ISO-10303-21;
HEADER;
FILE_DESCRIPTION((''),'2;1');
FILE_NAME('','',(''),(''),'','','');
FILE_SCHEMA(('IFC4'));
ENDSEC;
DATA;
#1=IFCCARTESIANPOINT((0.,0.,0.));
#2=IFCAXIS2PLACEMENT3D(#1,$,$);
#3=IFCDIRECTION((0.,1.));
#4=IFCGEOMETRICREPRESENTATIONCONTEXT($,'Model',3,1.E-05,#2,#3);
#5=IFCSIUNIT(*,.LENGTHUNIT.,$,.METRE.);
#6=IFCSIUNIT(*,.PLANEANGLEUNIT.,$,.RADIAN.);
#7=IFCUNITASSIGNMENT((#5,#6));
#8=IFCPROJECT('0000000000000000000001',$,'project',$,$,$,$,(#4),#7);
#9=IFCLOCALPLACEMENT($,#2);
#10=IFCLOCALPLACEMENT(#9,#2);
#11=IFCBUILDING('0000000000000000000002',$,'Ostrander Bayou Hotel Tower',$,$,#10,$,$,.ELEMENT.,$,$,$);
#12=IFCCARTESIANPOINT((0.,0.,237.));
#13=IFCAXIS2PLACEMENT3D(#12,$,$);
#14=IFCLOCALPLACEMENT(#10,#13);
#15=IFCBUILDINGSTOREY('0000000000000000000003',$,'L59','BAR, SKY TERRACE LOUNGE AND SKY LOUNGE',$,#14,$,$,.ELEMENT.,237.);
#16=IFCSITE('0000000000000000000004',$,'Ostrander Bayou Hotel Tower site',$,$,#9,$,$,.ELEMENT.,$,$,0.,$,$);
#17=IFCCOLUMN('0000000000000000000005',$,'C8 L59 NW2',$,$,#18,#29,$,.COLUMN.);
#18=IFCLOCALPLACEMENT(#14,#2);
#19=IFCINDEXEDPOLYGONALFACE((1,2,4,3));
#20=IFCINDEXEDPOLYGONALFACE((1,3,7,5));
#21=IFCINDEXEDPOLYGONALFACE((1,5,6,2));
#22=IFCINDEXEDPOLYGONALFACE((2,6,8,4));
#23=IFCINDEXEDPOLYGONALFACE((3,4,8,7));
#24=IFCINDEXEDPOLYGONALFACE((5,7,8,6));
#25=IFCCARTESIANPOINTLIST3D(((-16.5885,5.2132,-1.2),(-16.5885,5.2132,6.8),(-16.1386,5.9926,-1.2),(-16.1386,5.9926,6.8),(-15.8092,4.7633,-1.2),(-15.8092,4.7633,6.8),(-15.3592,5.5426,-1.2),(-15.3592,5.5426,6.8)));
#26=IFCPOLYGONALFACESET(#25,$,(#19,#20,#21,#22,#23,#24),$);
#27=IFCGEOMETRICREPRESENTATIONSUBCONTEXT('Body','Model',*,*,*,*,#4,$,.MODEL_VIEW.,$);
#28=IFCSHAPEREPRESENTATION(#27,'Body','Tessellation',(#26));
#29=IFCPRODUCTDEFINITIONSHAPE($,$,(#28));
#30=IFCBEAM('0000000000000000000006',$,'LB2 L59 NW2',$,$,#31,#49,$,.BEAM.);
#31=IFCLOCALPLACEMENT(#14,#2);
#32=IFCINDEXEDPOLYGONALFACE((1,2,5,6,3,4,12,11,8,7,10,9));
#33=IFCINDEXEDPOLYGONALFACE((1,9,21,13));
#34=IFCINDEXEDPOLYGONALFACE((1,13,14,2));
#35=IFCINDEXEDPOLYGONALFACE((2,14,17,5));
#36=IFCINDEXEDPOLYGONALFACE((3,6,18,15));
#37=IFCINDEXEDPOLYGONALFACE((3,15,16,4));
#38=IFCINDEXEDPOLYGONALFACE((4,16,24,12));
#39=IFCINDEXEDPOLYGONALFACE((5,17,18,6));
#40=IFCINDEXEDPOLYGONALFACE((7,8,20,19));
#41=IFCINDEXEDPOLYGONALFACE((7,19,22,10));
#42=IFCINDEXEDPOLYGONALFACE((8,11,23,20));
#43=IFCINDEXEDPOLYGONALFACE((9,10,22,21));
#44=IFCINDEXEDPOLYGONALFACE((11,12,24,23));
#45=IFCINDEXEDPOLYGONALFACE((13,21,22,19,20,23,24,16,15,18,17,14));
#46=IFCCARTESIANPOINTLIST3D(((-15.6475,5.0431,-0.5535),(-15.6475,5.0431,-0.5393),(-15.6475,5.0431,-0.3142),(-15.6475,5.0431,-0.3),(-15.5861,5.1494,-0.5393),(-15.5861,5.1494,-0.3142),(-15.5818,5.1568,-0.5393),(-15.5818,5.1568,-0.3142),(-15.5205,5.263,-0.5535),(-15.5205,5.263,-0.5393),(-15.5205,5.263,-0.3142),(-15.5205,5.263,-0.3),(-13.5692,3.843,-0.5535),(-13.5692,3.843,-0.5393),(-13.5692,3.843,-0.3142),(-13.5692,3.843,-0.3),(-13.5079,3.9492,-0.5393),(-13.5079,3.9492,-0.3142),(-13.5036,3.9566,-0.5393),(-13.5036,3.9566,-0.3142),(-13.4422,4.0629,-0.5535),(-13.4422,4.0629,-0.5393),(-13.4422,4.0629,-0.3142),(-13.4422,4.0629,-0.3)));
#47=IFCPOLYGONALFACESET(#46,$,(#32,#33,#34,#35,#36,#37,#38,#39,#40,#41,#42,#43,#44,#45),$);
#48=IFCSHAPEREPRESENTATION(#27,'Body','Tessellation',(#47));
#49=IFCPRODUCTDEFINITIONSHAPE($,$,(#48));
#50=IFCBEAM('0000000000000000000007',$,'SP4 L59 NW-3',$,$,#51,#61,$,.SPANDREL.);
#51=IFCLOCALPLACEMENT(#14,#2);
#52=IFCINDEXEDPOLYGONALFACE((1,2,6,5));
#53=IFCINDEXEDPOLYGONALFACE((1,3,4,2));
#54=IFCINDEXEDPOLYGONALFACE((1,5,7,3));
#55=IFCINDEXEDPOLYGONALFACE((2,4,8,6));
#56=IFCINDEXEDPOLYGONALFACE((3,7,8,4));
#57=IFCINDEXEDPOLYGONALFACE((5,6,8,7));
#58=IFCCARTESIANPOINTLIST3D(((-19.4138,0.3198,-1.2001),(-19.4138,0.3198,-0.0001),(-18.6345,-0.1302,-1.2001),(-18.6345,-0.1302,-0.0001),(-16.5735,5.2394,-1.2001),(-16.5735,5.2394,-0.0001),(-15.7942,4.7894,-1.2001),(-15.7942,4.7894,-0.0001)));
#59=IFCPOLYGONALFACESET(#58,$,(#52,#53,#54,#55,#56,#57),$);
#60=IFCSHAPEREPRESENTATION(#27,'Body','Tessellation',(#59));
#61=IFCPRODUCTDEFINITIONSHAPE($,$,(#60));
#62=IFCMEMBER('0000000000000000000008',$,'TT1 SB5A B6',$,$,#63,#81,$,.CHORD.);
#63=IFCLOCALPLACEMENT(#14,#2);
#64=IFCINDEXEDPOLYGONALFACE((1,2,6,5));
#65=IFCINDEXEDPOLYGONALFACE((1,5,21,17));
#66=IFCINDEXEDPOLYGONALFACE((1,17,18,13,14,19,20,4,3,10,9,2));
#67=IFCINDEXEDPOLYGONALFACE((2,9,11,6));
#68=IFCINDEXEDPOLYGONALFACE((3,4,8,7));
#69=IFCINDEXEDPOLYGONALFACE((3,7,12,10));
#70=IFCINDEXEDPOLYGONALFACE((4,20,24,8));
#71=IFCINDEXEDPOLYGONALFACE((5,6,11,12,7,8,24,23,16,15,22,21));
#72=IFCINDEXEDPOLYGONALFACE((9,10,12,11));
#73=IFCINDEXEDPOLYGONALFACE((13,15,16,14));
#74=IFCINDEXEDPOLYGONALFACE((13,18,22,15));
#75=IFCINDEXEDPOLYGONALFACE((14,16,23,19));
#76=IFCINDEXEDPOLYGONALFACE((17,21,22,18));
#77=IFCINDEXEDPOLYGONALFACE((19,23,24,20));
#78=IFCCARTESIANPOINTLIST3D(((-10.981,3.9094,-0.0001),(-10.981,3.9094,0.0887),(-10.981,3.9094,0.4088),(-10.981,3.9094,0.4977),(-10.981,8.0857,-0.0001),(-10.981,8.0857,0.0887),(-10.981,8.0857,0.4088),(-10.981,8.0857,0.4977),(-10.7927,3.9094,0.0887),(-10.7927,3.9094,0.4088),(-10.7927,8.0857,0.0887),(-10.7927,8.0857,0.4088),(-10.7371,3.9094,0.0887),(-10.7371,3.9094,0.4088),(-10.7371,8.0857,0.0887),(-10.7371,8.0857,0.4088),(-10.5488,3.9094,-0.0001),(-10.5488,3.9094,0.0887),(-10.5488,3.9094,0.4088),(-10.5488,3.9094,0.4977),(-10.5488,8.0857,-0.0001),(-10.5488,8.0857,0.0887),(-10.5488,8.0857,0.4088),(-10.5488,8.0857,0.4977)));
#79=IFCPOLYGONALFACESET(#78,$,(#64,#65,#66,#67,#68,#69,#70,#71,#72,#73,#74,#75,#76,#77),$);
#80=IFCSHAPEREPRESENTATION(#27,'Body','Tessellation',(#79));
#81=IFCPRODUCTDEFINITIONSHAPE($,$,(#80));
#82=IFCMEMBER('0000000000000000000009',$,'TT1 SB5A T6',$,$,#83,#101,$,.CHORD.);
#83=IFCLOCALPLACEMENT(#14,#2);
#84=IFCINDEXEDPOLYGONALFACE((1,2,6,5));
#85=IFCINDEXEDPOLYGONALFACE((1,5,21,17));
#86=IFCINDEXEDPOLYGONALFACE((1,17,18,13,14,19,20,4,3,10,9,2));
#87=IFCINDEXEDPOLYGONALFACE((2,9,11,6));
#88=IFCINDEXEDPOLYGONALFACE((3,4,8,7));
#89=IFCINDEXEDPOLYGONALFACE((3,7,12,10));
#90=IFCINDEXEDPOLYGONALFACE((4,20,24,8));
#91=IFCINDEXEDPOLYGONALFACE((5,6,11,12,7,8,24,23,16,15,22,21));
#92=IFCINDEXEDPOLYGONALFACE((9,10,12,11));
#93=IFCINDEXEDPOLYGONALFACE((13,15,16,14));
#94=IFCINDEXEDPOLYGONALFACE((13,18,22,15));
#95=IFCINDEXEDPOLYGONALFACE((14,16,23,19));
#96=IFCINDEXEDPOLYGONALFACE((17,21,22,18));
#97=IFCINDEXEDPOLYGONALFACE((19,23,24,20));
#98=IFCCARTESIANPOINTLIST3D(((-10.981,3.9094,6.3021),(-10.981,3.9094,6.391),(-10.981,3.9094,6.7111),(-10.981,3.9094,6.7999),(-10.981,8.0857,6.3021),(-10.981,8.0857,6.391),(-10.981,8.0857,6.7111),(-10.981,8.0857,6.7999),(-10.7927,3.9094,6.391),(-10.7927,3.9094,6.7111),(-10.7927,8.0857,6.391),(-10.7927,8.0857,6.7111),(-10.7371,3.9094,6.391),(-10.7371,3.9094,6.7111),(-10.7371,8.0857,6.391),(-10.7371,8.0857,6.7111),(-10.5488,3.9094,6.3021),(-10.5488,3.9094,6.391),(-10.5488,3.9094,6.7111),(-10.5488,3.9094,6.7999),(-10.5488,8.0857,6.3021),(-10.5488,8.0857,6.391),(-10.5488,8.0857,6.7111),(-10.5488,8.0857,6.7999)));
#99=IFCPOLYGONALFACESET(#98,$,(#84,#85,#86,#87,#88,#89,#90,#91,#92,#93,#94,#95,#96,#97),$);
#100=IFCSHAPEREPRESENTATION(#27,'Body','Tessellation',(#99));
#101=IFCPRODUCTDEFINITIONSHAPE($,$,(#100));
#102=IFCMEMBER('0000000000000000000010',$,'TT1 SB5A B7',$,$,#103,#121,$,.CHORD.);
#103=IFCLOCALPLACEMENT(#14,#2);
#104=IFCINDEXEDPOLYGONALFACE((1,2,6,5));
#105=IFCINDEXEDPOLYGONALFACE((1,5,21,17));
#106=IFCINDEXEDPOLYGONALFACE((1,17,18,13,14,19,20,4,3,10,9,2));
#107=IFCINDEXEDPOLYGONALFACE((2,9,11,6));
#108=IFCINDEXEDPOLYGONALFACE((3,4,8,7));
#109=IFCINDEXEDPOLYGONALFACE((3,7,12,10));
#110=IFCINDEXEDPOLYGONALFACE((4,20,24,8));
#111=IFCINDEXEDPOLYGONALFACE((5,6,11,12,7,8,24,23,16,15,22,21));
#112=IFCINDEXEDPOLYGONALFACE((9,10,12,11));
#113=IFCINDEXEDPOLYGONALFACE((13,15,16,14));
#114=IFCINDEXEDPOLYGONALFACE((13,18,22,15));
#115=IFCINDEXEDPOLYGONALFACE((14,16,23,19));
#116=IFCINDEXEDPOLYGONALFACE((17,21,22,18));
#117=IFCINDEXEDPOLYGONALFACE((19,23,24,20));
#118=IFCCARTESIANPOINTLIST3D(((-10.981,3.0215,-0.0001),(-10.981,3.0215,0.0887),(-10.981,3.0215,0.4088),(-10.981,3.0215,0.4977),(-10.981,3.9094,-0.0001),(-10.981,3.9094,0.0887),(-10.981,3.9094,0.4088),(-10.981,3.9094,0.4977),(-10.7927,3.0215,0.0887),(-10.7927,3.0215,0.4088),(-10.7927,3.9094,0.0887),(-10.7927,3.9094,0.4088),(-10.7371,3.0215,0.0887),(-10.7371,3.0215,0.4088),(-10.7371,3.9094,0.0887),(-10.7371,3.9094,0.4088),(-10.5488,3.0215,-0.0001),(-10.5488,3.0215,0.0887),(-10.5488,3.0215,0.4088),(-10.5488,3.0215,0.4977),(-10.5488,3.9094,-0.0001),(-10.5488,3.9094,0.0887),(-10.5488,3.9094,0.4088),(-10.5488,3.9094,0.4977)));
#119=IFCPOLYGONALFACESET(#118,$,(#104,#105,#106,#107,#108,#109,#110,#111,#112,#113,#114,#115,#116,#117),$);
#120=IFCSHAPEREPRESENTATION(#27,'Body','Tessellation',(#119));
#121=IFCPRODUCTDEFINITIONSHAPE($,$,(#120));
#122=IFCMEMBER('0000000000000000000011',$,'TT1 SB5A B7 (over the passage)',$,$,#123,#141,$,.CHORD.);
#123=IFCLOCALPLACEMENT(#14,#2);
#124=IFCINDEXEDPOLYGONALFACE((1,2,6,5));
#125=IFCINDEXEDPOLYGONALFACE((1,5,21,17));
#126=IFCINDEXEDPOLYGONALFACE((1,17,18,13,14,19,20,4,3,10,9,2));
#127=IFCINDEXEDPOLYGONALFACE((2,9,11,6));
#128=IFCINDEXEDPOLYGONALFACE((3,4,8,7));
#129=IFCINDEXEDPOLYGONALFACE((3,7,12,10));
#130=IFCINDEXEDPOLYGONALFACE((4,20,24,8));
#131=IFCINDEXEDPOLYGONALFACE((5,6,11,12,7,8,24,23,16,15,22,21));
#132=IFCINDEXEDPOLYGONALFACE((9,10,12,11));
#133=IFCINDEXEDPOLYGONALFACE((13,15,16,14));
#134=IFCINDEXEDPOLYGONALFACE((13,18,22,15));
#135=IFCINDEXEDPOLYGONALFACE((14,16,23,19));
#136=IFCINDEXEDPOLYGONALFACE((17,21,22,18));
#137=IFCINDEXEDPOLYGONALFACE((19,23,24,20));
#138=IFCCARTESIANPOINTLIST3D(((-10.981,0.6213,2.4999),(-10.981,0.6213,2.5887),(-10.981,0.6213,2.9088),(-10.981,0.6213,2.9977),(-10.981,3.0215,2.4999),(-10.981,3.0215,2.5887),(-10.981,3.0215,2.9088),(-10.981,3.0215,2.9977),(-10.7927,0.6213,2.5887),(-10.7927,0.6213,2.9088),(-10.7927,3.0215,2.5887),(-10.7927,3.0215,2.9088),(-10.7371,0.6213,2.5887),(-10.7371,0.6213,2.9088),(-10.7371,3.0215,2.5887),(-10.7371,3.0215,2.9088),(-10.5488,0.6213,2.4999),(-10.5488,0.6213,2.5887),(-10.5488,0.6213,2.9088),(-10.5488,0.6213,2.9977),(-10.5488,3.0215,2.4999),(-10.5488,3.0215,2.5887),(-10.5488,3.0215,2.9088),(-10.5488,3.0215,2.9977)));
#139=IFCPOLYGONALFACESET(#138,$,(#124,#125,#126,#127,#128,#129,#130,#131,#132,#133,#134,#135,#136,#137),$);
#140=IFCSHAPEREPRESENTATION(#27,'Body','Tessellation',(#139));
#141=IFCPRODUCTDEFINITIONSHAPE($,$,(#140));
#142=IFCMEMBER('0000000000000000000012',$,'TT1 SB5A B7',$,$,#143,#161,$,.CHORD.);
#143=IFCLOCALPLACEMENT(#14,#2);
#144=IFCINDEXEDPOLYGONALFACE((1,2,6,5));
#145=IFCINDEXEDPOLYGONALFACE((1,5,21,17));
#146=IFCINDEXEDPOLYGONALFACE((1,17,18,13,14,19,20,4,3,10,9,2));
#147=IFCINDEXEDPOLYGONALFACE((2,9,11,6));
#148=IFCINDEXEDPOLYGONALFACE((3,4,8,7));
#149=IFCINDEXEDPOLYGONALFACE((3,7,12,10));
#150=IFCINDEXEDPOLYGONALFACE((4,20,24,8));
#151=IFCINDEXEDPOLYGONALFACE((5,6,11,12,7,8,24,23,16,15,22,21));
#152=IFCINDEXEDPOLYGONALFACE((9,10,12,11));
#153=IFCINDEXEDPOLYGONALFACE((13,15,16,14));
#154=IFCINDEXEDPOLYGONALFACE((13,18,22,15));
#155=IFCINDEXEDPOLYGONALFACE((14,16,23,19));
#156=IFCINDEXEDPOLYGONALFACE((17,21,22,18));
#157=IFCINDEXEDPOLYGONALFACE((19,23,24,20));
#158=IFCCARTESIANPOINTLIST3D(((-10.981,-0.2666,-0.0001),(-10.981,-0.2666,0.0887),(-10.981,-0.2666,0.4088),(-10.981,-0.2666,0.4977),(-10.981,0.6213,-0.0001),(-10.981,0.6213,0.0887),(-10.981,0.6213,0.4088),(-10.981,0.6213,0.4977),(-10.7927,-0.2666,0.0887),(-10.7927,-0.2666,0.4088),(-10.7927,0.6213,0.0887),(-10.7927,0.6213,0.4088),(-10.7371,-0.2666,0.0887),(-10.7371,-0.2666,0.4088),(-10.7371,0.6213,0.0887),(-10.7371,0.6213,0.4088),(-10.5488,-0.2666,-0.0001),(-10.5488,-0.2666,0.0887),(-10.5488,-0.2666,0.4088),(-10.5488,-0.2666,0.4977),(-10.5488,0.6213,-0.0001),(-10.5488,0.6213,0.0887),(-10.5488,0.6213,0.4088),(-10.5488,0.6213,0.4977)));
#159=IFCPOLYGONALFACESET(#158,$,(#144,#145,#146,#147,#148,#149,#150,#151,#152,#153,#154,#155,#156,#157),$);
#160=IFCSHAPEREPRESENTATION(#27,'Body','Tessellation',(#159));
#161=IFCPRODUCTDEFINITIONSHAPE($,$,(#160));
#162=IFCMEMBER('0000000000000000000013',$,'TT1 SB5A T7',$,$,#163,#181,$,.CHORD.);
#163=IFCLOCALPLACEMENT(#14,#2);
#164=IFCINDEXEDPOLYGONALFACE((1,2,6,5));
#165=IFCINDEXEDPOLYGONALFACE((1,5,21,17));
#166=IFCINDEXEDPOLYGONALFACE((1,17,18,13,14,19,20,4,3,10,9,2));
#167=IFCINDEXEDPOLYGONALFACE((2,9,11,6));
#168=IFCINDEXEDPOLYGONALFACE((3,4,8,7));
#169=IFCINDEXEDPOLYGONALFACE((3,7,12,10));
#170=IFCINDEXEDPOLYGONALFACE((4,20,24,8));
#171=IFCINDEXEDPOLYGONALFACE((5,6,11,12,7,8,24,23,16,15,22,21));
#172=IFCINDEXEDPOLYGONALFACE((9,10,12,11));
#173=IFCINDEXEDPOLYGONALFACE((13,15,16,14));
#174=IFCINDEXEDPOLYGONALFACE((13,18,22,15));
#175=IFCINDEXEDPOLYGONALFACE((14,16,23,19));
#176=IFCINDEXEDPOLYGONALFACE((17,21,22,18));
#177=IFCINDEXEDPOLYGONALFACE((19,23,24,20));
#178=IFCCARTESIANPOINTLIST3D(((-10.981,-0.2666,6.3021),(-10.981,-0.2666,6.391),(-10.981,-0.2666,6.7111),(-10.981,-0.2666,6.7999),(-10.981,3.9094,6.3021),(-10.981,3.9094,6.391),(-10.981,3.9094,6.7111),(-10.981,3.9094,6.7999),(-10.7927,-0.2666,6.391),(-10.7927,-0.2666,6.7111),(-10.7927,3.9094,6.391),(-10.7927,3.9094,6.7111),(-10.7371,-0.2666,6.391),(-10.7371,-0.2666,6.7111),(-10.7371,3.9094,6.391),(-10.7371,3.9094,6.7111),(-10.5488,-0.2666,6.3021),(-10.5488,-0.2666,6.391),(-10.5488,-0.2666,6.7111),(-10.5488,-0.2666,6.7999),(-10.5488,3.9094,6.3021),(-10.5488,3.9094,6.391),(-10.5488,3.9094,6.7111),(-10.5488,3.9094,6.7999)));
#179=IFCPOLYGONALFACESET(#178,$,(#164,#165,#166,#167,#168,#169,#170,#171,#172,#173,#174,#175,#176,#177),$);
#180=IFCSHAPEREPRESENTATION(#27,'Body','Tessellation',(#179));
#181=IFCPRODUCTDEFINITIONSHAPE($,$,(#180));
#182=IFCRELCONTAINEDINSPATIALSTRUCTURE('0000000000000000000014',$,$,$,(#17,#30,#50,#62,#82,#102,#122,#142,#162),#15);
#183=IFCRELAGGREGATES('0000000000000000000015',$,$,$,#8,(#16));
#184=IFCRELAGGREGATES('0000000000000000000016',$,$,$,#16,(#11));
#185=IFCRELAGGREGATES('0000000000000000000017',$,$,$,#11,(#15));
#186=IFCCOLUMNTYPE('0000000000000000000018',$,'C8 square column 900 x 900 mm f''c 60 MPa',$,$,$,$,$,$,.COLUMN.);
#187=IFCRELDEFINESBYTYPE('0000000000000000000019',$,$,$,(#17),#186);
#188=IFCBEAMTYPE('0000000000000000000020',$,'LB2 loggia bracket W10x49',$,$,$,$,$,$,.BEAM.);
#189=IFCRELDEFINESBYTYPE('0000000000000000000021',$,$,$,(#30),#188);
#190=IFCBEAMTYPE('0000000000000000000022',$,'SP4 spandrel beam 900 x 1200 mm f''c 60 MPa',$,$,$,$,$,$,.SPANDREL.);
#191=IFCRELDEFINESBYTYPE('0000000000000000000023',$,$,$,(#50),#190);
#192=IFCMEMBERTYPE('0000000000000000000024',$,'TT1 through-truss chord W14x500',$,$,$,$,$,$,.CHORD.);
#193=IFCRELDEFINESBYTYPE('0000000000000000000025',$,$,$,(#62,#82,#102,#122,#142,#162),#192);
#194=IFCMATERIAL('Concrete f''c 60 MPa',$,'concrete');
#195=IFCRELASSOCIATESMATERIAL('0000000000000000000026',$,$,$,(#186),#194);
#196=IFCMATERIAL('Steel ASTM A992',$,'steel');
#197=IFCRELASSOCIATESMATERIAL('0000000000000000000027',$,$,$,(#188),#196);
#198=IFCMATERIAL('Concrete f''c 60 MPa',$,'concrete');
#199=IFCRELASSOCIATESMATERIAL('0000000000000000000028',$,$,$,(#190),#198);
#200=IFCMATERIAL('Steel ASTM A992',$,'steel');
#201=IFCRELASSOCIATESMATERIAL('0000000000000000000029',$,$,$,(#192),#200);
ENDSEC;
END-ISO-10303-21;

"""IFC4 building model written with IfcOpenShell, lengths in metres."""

from ifc_helpers import new_model, si_unit, direction, frame, origin, origin_2d, place, context, subcontext, project, spatial, rectangle, i_section, extrude, material, material_profile, profile_set, type_object, element, save


model = new_model("IFC4")

# Units and contexts
model_context = context("Model", 3, precision=1e-05, world=origin(), true_north=direction((0.0, 1.0)))
body_context = subcontext(model_context, "Body", "Model", "MODEL_VIEW")
ifc_project = project(units=[si_unit("LENGTHUNIT", "METRE"), si_unit("PLANEANGLEUNIT", "RADIAN")], contexts=[model_context])

# Site, building, storey
site_placement = place(None, origin())
site = spatial("IfcSite", under=ifc_project, at=site_placement, Name="Ostrander Bayou Hotel Tower site", CompositionType="ELEMENT", RefElevation=0.0)
building_placement = place(site_placement, origin())
building = spatial("IfcBuilding", under=site, at=building_placement, Name="Ostrander Bayou Hotel Tower", CompositionType="ELEMENT")
storey_placement = place(building_placement, frame((0.0, 0.0, 237.0)))
storey = spatial("IfcBuildingStorey", under=building, at=storey_placement, Name="L59", Description="BAR, SKY TERRACE LOUNGE AND SKY LOUNGE", CompositionType="ELEMENT", Elevation=237.0)

# Column
ifc_material_1 = material(Name="Concrete f'c 60 MPa", Category="concrete")
ifc_material_profile_1 = material_profile(ifc_material_1, rectangle(XDim=0.8999, YDim=0.8999, at=origin_2d()))
ifc_profile_set_1 = profile_set([ifc_material_profile_1], Name="Concrete f'c 60 MPa")
column_type = type_object("IfcColumnType", Name="C8 square column 900 x 900 mm f'c 60 MPa", PredefinedType="COLUMN", material=ifc_profile_set_1)
column_placement = place(storey_placement, frame((-15.9739, 5.3779, -1.2), z_axis=(0.0, 0.0, 1.0), x_axis=(0.5, 0.866025, 0.0)))
element("IfcColumn", 1, at=column_placement, inside=storey, type_object=column_type, Name="C8 L59 NW2", PredefinedType="COLUMN", context=body_context, shape_type="SweptSolid", body=[
    extrude(rectangle(XDim=0.8999, YDim=0.8999, at=origin_2d()), origin(), (0.0, 0.0, 1.0), 8.0),
])

# Beams
ifc_material_2 = material(Name="Steel ASTM A992", Category="steel")
ifc_material_profile_2 = material_profile(ifc_material_2, i_section(OverallWidth=0.2539, OverallDepth=0.2534, WebThickness=0.0085, FlangeThickness=0.0142, at=origin_2d()))
ifc_profile_set_2 = profile_set([ifc_material_profile_2], Name="Steel ASTM A992")
beam_type_1 = type_object("IfcBeamType", Name="LB2 loggia bracket W10x49", PredefinedType="BEAM", material=ifc_profile_set_2)
beam_1_placement = place(storey_placement, frame((-15.584, 5.1531, -0.4268), z_axis=(0.865981, -0.500078, 0.0), x_axis=(0.500078, 0.865981, 0.0)))
element("IfcBeam", 2, at=beam_1_placement, inside=storey, type_object=beam_type_1, Name="LB2 L59 NW2", PredefinedType="BEAM", context=body_context, shape_type="SweptSolid", body=[
    extrude(i_section(OverallWidth=0.2539, OverallDepth=0.2534, WebThickness=0.0085, FlangeThickness=0.0142, at=origin_2d()), origin(), (0.0, 0.0, 1.0), 2.3999),
])
ifc_material_3 = material(Name="Concrete f'c 60 MPa", Category="concrete")
ifc_material_profile_3 = material_profile(ifc_material_3, rectangle(XDim=0.8999, YDim=1.2, at=origin_2d()))
ifc_profile_set_3 = profile_set([ifc_material_profile_3], Name="Concrete f'c 60 MPa")
beam_type_2 = type_object("IfcBeamType", Name="SP4 spandrel beam 900 x 1200 mm f'c 60 MPa", PredefinedType="SPANDREL", material=ifc_profile_set_3)
beam_2_placement = place(storey_placement, frame((-16.1838, 5.0144, -0.6001), z_axis=(-0.499994, -0.866029, 0.0), x_axis=(0.866029, -0.499994, 0.0)))
element("IfcBeam", 3, at=beam_2_placement, inside=storey, type_object=beam_type_2, Name="SP4 L59 NW-3", PredefinedType="SPANDREL", context=body_context, shape_type="SweptSolid", body=[
    extrude(rectangle(XDim=0.8999, YDim=1.2, at=origin_2d()), origin(), (0.0, 0.0, 1.0), 5.6807),
])

# Members
ifc_material_4 = material(Name="Steel ASTM A992", Category="steel")
ifc_material_profile_4 = material_profile(ifc_material_4, i_section(OverallWidth=0.4321, OverallDepth=0.4978, WebThickness=0.0557, FlangeThickness=0.0889, at=origin_2d()))
ifc_profile_set_4 = profile_set([ifc_material_profile_4], Name="Steel ASTM A992")
member_type_1 = type_object("IfcMemberType", Name="TT1 through-truss chord W14x500", PredefinedType="CHORD", material=ifc_profile_set_4)
for number, where, z_axis, x_axis, name in (
    (4, (-10.7649, 8.0857, 0.2488), (0.0, -1.0, 0.0), (1.0, 0.0, 0.0), "TT1 SB5A B6"),
    (5, (-10.7649, 8.0857, 6.551), (0.0, -1.0, 0.0), (1.0, 0.0, 0.0), "TT1 SB5A T6"),
):
    element("IfcMember", number, at=place(storey_placement, frame(where, z_axis=z_axis, x_axis=x_axis)), inside=storey, type_object=member_type_1, Name=name, PredefinedType="CHORD", context=body_context, shape_type="SweptSolid", body=[
        extrude(i_section(OverallWidth=0.4321, OverallDepth=0.4978, WebThickness=0.0557, FlangeThickness=0.0889, at=origin_2d()), origin(), (0.0, 0.0, 1.0), 4.1763),
    ])
member_1_placement = place(storey_placement, frame((-10.7649, 3.9094, 0.2488), z_axis=(0.0, -1.0, 0.0), x_axis=(1.0, 0.0, 0.0)))
element("IfcMember", 6, at=member_1_placement, inside=storey, type_object=member_type_1, Name="TT1 SB5A B7", PredefinedType="CHORD", context=body_context, shape_type="SweptSolid", body=[
    extrude(i_section(OverallWidth=0.4321, OverallDepth=0.4978, WebThickness=0.0557, FlangeThickness=0.0889, at=origin_2d()), origin(), (0.0, 0.0, 1.0), 0.8879),
])
member_2_placement = place(storey_placement, frame((-10.7649, 3.0215, 2.7488), z_axis=(0.0, -1.0, 0.0), x_axis=(1.0, 0.0, 0.0)))
element("IfcMember", 7, at=member_2_placement, inside=storey, type_object=member_type_1, Name="TT1 SB5A B7 (over the passage)", PredefinedType="CHORD", context=body_context, shape_type="SweptSolid", body=[
    extrude(i_section(OverallWidth=0.4321, OverallDepth=0.4978, WebThickness=0.0557, FlangeThickness=0.0889, at=origin_2d()), origin(), (0.0, 0.0, 1.0), 2.4001),
])
member_3_placement = place(storey_placement, frame((-10.7649, 0.6213, 0.2488), z_axis=(0.0, -1.0, 0.0), x_axis=(1.0, 0.0, 0.0)))
element("IfcMember", 8, at=member_3_placement, inside=storey, type_object=member_type_1, Name="TT1 SB5A B7", PredefinedType="CHORD", context=body_context, shape_type="SweptSolid", body=[
    extrude(i_section(OverallWidth=0.4321, OverallDepth=0.4978, WebThickness=0.0557, FlangeThickness=0.0889, at=origin_2d()), origin(), (0.0, 0.0, 1.0), 0.8879),
])
member_4_placement = place(storey_placement, frame((-10.7649, 3.9094, 6.551), z_axis=(0.0, -1.0, 0.0), x_axis=(1.0, 0.0, 0.0)))
element("IfcMember", 9, at=member_4_placement, inside=storey, type_object=member_type_1, Name="TT1 SB5A T7", PredefinedType="CHORD", context=body_context, shape_type="SweptSolid", body=[
    extrude(i_section(OverallWidth=0.4321, OverallDepth=0.4978, WebThickness=0.0557, FlangeThickness=0.0889, at=origin_2d()), origin(), (0.0, 0.0, 1.0), 4.176),
])

save(model, "model.ifc")
